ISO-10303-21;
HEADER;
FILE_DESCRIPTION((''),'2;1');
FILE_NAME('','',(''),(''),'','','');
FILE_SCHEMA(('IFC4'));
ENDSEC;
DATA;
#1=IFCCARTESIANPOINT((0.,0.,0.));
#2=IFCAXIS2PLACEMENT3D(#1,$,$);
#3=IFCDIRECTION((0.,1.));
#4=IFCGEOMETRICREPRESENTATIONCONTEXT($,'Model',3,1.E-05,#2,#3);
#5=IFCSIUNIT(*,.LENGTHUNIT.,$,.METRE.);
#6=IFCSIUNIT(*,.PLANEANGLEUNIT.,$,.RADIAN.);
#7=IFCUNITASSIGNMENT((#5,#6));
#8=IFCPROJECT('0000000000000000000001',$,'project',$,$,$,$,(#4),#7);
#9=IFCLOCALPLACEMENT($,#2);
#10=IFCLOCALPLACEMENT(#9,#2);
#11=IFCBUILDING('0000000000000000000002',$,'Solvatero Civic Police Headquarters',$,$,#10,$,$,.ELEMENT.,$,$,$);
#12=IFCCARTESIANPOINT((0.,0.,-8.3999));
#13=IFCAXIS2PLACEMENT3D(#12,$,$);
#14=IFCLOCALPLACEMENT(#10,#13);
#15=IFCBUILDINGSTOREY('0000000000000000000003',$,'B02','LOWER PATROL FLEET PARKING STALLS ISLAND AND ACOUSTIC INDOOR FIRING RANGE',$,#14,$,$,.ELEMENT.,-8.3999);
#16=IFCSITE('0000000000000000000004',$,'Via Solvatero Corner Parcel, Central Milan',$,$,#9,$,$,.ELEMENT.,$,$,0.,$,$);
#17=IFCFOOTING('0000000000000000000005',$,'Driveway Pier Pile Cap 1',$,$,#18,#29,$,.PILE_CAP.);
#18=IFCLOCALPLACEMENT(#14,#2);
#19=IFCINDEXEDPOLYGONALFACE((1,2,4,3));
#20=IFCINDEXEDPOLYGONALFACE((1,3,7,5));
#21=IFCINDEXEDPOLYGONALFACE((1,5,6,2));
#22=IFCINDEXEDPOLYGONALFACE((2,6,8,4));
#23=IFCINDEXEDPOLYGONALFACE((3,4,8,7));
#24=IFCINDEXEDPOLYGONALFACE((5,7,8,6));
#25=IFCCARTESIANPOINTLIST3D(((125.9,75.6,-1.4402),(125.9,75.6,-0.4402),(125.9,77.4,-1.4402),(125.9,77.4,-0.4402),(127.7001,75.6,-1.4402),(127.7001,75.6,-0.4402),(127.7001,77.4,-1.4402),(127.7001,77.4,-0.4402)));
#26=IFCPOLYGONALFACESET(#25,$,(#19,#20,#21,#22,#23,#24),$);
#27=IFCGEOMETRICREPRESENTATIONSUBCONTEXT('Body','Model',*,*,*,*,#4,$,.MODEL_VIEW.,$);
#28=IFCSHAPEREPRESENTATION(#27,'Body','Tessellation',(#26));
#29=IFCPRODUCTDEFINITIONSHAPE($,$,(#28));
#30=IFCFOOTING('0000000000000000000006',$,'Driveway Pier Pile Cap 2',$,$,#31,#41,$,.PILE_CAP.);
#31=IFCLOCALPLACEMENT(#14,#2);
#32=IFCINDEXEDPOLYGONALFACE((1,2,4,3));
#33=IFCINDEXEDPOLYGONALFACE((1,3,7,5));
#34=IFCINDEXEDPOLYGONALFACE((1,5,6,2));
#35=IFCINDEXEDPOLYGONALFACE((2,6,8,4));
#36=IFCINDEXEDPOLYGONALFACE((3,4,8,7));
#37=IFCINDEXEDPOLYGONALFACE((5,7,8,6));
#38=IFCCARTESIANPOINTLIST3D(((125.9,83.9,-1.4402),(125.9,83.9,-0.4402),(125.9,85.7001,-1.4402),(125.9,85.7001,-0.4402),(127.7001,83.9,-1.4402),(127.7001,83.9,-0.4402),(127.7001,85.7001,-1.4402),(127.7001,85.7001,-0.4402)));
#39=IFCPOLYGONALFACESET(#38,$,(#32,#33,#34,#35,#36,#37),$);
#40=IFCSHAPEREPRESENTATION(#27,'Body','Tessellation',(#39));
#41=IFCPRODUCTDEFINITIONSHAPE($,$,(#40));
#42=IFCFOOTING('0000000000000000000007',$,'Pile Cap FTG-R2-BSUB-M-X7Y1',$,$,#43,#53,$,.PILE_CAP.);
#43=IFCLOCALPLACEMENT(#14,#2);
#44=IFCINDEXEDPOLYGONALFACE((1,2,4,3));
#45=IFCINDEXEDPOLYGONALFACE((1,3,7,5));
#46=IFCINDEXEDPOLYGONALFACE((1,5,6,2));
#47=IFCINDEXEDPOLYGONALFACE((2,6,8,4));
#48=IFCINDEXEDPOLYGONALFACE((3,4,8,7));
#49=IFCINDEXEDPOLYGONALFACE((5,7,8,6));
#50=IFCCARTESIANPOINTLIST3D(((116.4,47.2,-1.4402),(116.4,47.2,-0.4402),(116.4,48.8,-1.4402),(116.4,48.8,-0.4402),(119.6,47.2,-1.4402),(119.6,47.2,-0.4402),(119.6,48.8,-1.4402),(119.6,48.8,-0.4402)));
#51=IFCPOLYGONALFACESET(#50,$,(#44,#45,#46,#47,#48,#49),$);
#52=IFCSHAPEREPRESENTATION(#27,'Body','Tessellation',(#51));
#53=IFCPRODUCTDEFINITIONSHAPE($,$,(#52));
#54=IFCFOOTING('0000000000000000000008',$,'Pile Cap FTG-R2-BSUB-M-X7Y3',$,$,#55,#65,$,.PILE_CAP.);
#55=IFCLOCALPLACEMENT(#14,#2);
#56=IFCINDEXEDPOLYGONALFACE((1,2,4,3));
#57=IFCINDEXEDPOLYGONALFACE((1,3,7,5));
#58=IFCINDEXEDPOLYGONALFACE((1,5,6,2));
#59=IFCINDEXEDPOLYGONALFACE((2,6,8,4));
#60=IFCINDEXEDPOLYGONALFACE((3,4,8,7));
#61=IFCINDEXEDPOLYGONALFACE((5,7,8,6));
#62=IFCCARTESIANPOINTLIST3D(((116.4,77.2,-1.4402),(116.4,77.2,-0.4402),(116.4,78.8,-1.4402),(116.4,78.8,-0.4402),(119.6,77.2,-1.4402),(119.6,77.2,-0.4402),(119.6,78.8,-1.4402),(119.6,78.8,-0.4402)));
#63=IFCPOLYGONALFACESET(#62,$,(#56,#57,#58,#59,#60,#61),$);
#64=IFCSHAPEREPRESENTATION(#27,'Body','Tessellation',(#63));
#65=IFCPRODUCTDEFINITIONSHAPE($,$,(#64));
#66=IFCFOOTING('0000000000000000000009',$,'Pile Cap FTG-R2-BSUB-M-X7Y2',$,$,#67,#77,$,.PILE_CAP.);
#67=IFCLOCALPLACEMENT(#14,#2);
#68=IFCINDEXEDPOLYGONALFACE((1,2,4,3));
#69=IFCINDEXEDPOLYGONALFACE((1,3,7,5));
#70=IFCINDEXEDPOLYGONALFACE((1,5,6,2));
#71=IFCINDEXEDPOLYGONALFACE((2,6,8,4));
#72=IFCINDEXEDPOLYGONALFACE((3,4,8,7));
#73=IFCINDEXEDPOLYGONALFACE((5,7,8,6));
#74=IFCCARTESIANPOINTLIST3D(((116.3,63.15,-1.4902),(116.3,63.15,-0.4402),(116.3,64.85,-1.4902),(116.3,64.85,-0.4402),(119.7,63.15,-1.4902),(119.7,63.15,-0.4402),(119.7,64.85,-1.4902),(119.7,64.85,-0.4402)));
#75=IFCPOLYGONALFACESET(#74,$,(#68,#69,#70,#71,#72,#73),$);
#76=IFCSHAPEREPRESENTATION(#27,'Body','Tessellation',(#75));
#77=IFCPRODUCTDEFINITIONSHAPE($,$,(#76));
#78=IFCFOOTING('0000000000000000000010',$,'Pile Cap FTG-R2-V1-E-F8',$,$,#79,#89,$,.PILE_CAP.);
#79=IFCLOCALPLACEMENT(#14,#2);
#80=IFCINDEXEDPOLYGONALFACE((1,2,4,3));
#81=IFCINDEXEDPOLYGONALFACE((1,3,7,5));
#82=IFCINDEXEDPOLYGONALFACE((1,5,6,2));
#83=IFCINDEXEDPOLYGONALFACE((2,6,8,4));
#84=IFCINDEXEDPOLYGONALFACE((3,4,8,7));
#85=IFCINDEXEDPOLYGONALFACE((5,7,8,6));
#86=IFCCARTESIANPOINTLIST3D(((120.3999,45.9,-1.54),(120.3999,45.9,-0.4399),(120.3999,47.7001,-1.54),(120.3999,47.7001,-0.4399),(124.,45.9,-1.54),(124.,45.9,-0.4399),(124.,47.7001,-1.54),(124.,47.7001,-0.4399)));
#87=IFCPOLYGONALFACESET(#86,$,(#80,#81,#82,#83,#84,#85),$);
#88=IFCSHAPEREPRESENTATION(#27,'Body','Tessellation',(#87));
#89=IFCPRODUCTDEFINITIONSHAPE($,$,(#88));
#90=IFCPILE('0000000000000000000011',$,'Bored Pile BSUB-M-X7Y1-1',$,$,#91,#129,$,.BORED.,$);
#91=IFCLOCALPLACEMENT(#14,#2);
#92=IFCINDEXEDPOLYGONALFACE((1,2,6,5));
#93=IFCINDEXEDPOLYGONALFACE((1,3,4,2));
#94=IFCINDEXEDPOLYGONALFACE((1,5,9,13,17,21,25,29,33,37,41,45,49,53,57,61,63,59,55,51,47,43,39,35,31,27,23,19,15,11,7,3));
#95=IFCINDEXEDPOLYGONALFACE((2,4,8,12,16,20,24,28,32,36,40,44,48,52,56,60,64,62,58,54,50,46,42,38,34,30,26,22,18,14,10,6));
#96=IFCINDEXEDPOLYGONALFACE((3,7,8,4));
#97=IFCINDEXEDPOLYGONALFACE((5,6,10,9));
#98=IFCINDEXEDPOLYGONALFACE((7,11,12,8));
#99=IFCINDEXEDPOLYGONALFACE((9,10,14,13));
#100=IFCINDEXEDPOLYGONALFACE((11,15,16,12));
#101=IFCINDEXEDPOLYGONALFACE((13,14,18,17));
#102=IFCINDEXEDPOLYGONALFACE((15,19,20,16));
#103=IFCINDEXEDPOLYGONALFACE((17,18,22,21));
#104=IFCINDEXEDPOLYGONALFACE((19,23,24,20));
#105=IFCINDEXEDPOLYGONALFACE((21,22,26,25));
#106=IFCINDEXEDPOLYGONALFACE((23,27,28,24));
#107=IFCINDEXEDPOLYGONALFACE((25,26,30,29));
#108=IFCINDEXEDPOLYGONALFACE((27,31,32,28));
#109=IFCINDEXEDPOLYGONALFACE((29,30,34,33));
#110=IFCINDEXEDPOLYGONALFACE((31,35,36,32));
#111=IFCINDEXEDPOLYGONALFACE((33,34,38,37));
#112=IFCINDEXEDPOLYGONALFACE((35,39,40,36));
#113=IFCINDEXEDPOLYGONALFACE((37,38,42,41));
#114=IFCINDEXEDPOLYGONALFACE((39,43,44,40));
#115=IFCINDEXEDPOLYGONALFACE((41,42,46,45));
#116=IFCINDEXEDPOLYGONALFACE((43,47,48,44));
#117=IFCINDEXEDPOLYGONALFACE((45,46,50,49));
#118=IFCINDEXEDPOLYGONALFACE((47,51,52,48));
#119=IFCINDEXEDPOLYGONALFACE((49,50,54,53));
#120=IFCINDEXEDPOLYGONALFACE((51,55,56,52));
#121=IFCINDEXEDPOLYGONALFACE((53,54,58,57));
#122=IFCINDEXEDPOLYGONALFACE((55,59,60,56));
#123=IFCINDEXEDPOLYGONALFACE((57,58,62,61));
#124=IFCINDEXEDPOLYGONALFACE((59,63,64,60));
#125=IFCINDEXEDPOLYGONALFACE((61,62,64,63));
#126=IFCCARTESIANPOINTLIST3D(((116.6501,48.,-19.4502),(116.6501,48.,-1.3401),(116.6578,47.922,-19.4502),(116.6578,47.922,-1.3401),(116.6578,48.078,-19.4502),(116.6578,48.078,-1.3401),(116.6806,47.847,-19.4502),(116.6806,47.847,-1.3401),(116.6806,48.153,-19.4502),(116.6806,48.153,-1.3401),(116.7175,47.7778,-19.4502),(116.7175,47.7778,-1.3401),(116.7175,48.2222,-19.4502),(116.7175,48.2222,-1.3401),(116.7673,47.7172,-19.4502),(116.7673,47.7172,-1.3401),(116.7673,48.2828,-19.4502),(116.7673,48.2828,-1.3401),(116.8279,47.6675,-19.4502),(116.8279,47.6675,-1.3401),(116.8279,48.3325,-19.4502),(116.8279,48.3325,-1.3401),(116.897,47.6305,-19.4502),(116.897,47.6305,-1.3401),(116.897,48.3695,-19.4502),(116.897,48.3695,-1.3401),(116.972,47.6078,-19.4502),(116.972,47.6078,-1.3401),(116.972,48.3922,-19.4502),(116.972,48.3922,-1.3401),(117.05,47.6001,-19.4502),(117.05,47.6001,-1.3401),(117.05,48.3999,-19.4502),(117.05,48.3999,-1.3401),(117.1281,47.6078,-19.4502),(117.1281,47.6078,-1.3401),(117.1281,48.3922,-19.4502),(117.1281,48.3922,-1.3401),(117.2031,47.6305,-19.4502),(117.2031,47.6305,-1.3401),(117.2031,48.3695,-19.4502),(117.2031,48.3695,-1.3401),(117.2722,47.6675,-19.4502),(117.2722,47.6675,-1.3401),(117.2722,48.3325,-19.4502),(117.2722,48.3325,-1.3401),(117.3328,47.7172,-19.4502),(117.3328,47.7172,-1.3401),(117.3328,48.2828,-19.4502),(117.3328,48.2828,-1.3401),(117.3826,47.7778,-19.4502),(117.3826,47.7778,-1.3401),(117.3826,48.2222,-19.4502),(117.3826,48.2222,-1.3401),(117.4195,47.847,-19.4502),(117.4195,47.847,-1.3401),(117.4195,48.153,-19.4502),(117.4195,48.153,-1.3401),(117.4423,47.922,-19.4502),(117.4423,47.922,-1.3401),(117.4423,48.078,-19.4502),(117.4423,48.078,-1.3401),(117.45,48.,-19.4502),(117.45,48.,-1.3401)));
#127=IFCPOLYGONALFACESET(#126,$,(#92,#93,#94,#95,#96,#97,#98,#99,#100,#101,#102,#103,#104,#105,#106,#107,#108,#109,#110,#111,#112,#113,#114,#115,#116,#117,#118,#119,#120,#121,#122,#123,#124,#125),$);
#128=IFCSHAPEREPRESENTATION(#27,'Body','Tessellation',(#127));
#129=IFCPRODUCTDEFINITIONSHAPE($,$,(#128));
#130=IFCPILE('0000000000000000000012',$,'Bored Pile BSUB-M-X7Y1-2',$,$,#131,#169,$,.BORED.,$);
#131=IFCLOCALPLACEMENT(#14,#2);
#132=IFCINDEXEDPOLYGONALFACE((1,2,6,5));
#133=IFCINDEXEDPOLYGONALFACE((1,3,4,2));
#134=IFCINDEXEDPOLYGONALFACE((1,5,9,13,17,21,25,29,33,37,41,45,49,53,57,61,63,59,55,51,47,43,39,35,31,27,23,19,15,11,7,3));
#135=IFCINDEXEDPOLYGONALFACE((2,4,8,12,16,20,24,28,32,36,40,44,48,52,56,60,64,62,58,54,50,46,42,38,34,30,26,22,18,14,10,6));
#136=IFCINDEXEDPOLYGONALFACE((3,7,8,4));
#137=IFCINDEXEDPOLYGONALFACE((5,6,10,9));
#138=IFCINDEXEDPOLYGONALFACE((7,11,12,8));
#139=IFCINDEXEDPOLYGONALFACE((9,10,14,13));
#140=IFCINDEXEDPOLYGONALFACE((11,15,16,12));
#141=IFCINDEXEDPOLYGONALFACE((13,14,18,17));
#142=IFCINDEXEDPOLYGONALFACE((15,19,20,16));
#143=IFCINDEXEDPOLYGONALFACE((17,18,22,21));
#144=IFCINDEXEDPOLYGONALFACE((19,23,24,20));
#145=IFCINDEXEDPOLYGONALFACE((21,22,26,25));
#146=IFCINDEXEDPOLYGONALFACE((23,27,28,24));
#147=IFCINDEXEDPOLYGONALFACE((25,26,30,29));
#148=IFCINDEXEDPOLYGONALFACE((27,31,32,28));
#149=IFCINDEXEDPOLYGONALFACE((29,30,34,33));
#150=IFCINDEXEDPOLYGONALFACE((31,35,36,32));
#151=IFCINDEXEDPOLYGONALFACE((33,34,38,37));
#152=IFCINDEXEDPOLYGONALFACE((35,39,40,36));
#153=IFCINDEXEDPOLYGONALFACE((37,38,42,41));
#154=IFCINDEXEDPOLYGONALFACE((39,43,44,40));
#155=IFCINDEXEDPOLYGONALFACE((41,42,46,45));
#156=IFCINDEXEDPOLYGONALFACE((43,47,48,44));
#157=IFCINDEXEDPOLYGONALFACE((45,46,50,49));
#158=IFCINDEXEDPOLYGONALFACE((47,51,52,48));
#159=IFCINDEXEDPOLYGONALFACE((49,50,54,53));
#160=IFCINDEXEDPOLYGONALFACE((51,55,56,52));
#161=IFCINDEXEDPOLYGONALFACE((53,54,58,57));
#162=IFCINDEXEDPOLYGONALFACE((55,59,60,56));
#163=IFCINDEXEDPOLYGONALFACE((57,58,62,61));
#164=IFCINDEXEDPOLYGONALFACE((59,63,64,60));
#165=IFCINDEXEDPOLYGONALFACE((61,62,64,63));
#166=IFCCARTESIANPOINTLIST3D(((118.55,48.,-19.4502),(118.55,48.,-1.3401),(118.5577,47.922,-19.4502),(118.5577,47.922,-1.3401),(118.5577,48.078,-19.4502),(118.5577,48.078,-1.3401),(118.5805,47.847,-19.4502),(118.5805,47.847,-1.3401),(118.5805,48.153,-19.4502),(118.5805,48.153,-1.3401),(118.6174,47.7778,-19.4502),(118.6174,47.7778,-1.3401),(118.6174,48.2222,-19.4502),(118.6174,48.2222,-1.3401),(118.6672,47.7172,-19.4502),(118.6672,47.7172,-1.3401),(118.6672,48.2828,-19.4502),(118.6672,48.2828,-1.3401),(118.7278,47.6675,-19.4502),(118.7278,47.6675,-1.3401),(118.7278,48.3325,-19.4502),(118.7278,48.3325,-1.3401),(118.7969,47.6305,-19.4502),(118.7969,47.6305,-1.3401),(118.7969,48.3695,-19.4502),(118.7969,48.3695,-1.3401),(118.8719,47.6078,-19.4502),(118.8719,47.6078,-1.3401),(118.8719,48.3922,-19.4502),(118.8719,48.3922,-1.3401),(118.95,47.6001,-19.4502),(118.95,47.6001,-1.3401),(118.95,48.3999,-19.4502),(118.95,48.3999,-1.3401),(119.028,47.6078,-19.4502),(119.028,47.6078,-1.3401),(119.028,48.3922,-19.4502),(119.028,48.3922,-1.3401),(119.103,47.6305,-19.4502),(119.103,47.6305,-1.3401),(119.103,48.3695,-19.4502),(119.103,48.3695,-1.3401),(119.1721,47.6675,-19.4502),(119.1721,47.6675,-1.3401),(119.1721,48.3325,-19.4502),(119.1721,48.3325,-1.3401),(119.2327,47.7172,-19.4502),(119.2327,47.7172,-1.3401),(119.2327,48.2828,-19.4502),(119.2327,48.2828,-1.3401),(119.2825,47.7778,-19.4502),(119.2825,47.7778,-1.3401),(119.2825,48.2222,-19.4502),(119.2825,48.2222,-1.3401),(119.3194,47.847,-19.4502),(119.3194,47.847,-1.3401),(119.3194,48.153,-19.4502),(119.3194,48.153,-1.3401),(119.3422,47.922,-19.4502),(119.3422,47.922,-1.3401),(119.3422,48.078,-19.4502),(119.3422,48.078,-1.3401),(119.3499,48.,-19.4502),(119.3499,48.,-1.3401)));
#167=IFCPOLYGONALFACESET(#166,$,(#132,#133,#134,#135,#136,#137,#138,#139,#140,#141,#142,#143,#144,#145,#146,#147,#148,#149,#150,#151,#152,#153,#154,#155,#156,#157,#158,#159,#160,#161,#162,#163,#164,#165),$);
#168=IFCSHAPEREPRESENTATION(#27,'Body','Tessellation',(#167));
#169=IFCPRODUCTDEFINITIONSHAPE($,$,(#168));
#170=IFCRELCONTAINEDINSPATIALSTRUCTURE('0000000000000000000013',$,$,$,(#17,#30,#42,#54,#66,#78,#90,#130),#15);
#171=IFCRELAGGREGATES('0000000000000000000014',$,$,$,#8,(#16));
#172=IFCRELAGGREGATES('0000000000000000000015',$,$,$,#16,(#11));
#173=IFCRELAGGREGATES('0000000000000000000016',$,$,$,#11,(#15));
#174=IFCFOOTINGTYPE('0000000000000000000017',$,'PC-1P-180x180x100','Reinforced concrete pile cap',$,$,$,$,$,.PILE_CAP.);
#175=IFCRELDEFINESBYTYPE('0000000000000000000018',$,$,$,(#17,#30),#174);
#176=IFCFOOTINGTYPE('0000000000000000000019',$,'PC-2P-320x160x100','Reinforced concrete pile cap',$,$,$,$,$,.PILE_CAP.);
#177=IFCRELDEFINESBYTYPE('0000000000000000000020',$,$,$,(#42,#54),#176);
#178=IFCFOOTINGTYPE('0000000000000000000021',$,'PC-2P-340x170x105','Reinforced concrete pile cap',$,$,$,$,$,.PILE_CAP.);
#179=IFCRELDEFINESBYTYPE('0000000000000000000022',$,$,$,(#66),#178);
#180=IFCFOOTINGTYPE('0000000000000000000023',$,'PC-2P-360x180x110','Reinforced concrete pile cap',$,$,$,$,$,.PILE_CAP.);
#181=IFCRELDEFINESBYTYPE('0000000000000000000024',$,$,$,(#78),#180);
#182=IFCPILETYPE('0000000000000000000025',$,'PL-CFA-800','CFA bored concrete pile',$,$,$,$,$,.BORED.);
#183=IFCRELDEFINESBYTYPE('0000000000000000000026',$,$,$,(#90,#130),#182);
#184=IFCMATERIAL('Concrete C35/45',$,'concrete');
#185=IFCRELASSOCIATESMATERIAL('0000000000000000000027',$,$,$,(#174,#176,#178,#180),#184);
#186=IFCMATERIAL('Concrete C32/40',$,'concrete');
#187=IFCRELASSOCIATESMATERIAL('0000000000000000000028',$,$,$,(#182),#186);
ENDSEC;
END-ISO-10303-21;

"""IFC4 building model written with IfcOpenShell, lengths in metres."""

from ifc_helpers import new_model, si_unit, direction, frame, origin, origin_2d, place, context, subcontext, project, spatial, rectangle, circle, extrude, material, material_profile, profile_set, type_object, element, save


model = new_model("IFC4")

# Units and contexts
model_context = context("Model", 3, precision=1e-05, world=origin(), true_north=direction((0.0, 1.0)))
body_context = subcontext(model_context, "Body", "Model", "MODEL_VIEW")
ifc_project = project(units=[si_unit("LENGTHUNIT", "METRE"), si_unit("PLANEANGLEUNIT", "RADIAN")], contexts=[model_context])

# Site, building, storey
site_placement = place(None, origin())
site = spatial("IfcSite", under=ifc_project, at=site_placement, Name="Via Solvatero Corner Parcel, Central Milan", CompositionType="ELEMENT", RefElevation=0.0)
building_placement = place(site_placement, origin())
building = spatial("IfcBuilding", under=site, at=building_placement, Name="Solvatero Civic Police Headquarters", CompositionType="ELEMENT")
storey_placement = place(building_placement, frame((0.0, 0.0, -8.3999)))
storey = spatial("IfcBuildingStorey", under=building, at=storey_placement, Name="B02", Description="LOWER PATROL FLEET PARKING STALLS ISLAND AND ACOUSTIC INDOOR FIRING RANGE", CompositionType="ELEMENT", Elevation=-8.3999)

# Footings
ifc_material_1 = material(Name="Concrete C35/45", Category="concrete")
footing_type_1 = type_object("IfcFootingType", Name="PC-1P-180x180x100", Description="Reinforced concrete pile cap", PredefinedType="PILE_CAP", material=ifc_material_1)
for number, where, z_axis, x_axis, name in (
    (1, (126.8, 76.5, -1.4402), (0.0, 0.0, 1.0), (1.0, 0.0, 0.0), "Driveway Pier Pile Cap 1"),
    (2, (126.8, 84.8, -1.4402), (0.0, 0.0, 1.0), (1.0, 0.0, 0.0), "Driveway Pier Pile Cap 2"),
):
    element("IfcFooting", number, at=place(storey_placement, frame(where, z_axis=z_axis, x_axis=x_axis)), inside=storey, type_object=footing_type_1, Name=name, PredefinedType="PILE_CAP", context=body_context, shape_type="SweptSolid", body=[
        extrude(rectangle(XDim=1.8, YDim=1.8, at=origin_2d()), origin(), (0.0, 0.0, 1.0), 1.0),
    ])
footing_type_2 = type_object("IfcFootingType", Name="PC-2P-320x160x100", Description="Reinforced concrete pile cap", PredefinedType="PILE_CAP", material=ifc_material_1)
for number, where, z_axis, x_axis, name in (
    (3, (118.0, 48.0, -1.4402), (0.0, 0.0, 1.0), (1.0, 0.0, 0.0), "Pile Cap FTG-R2-BSUB-M-X7Y1"),
    (4, (118.0, 78.0, -1.4402), (0.0, 0.0, 1.0), (1.0, 0.0, 0.0), "Pile Cap FTG-R2-BSUB-M-X7Y3"),
):
    element("IfcFooting", number, at=place(storey_placement, frame(where, z_axis=z_axis, x_axis=x_axis)), inside=storey, type_object=footing_type_2, Name=name, PredefinedType="PILE_CAP", context=body_context, shape_type="SweptSolid", body=[
        extrude(rectangle(XDim=3.2, YDim=1.6001, at=origin_2d()), origin(), (0.0, 0.0, 1.0), 1.0),
    ])
footing_type_3 = type_object("IfcFootingType", Name="PC-2P-340x170x105", Description="Reinforced concrete pile cap", PredefinedType="PILE_CAP", material=ifc_material_1)
footing_1_placement = place(storey_placement, frame((118.0, 64.0, -1.4902), z_axis=(0.0, 0.0, 1.0), x_axis=(1.0, 0.0, 0.0)))
element("IfcFooting", 5, at=footing_1_placement, inside=storey, type_object=footing_type_3, Name="Pile Cap FTG-R2-BSUB-M-X7Y2", PredefinedType="PILE_CAP", context=body_context, shape_type="SweptSolid", body=[
    extrude(rectangle(XDim=3.3999, YDim=1.7, at=origin_2d()), origin(), (0.0, 0.0, 1.0), 1.05),
])
footing_type_4 = type_object("IfcFootingType", Name="PC-2P-360x180x110", Description="Reinforced concrete pile cap", PredefinedType="PILE_CAP", material=ifc_material_1)
footing_2_placement = place(storey_placement, frame((122.2, 46.8, -1.54), z_axis=(0.0, 0.0, 1.0), x_axis=(1.0, 0.0, 0.0)))
element("IfcFooting", 6, at=footing_2_placement, inside=storey, type_object=footing_type_4, Name="Pile Cap FTG-R2-V1-E-F8", PredefinedType="PILE_CAP", context=body_context, shape_type="SweptSolid", body=[
    extrude(rectangle(XDim=3.6001, YDim=1.8, at=origin_2d()), origin(), (0.0, 0.0, 1.0), 1.1001),
])

# Piles
ifc_material_2 = material(Name="Concrete C32/40", Category="concrete")
ifc_material_profile_1 = material_profile(ifc_material_2, circle(Radius=0.3999, at=origin_2d()), Name="CFA PILE D800")
ifc_profile_set_1 = profile_set([ifc_material_profile_1], Name="Concrete C32/40")
pile_type = type_object("IfcPileType", Name="PL-CFA-800", Description="CFA bored concrete pile", PredefinedType="BORED", material=ifc_profile_set_1)
for number, where, z_axis, x_axis, name in (
    (7, (117.05, 48.0, -1.3401), (0.0, 0.0, -1.0), (1.0, 0.0, 0.0), "Bored Pile BSUB-M-X7Y1-1"),
    (8, (118.95, 48.0, -1.3401), (0.0, 0.0, -1.0), (1.0, 0.0, 0.0), "Bored Pile BSUB-M-X7Y1-2"),
):
    element("IfcPile", number, at=place(storey_placement, frame(where, z_axis=z_axis, x_axis=x_axis)), inside=storey, type_object=pile_type, Name=name, PredefinedType="BORED", context=body_context, shape_type="SweptSolid", body=[
        extrude(circle(Radius=0.3999, at=origin_2d()), origin(), (0.0, 0.0, 1.0), 18.1101),
    ])

save(model, "model.ifc")
